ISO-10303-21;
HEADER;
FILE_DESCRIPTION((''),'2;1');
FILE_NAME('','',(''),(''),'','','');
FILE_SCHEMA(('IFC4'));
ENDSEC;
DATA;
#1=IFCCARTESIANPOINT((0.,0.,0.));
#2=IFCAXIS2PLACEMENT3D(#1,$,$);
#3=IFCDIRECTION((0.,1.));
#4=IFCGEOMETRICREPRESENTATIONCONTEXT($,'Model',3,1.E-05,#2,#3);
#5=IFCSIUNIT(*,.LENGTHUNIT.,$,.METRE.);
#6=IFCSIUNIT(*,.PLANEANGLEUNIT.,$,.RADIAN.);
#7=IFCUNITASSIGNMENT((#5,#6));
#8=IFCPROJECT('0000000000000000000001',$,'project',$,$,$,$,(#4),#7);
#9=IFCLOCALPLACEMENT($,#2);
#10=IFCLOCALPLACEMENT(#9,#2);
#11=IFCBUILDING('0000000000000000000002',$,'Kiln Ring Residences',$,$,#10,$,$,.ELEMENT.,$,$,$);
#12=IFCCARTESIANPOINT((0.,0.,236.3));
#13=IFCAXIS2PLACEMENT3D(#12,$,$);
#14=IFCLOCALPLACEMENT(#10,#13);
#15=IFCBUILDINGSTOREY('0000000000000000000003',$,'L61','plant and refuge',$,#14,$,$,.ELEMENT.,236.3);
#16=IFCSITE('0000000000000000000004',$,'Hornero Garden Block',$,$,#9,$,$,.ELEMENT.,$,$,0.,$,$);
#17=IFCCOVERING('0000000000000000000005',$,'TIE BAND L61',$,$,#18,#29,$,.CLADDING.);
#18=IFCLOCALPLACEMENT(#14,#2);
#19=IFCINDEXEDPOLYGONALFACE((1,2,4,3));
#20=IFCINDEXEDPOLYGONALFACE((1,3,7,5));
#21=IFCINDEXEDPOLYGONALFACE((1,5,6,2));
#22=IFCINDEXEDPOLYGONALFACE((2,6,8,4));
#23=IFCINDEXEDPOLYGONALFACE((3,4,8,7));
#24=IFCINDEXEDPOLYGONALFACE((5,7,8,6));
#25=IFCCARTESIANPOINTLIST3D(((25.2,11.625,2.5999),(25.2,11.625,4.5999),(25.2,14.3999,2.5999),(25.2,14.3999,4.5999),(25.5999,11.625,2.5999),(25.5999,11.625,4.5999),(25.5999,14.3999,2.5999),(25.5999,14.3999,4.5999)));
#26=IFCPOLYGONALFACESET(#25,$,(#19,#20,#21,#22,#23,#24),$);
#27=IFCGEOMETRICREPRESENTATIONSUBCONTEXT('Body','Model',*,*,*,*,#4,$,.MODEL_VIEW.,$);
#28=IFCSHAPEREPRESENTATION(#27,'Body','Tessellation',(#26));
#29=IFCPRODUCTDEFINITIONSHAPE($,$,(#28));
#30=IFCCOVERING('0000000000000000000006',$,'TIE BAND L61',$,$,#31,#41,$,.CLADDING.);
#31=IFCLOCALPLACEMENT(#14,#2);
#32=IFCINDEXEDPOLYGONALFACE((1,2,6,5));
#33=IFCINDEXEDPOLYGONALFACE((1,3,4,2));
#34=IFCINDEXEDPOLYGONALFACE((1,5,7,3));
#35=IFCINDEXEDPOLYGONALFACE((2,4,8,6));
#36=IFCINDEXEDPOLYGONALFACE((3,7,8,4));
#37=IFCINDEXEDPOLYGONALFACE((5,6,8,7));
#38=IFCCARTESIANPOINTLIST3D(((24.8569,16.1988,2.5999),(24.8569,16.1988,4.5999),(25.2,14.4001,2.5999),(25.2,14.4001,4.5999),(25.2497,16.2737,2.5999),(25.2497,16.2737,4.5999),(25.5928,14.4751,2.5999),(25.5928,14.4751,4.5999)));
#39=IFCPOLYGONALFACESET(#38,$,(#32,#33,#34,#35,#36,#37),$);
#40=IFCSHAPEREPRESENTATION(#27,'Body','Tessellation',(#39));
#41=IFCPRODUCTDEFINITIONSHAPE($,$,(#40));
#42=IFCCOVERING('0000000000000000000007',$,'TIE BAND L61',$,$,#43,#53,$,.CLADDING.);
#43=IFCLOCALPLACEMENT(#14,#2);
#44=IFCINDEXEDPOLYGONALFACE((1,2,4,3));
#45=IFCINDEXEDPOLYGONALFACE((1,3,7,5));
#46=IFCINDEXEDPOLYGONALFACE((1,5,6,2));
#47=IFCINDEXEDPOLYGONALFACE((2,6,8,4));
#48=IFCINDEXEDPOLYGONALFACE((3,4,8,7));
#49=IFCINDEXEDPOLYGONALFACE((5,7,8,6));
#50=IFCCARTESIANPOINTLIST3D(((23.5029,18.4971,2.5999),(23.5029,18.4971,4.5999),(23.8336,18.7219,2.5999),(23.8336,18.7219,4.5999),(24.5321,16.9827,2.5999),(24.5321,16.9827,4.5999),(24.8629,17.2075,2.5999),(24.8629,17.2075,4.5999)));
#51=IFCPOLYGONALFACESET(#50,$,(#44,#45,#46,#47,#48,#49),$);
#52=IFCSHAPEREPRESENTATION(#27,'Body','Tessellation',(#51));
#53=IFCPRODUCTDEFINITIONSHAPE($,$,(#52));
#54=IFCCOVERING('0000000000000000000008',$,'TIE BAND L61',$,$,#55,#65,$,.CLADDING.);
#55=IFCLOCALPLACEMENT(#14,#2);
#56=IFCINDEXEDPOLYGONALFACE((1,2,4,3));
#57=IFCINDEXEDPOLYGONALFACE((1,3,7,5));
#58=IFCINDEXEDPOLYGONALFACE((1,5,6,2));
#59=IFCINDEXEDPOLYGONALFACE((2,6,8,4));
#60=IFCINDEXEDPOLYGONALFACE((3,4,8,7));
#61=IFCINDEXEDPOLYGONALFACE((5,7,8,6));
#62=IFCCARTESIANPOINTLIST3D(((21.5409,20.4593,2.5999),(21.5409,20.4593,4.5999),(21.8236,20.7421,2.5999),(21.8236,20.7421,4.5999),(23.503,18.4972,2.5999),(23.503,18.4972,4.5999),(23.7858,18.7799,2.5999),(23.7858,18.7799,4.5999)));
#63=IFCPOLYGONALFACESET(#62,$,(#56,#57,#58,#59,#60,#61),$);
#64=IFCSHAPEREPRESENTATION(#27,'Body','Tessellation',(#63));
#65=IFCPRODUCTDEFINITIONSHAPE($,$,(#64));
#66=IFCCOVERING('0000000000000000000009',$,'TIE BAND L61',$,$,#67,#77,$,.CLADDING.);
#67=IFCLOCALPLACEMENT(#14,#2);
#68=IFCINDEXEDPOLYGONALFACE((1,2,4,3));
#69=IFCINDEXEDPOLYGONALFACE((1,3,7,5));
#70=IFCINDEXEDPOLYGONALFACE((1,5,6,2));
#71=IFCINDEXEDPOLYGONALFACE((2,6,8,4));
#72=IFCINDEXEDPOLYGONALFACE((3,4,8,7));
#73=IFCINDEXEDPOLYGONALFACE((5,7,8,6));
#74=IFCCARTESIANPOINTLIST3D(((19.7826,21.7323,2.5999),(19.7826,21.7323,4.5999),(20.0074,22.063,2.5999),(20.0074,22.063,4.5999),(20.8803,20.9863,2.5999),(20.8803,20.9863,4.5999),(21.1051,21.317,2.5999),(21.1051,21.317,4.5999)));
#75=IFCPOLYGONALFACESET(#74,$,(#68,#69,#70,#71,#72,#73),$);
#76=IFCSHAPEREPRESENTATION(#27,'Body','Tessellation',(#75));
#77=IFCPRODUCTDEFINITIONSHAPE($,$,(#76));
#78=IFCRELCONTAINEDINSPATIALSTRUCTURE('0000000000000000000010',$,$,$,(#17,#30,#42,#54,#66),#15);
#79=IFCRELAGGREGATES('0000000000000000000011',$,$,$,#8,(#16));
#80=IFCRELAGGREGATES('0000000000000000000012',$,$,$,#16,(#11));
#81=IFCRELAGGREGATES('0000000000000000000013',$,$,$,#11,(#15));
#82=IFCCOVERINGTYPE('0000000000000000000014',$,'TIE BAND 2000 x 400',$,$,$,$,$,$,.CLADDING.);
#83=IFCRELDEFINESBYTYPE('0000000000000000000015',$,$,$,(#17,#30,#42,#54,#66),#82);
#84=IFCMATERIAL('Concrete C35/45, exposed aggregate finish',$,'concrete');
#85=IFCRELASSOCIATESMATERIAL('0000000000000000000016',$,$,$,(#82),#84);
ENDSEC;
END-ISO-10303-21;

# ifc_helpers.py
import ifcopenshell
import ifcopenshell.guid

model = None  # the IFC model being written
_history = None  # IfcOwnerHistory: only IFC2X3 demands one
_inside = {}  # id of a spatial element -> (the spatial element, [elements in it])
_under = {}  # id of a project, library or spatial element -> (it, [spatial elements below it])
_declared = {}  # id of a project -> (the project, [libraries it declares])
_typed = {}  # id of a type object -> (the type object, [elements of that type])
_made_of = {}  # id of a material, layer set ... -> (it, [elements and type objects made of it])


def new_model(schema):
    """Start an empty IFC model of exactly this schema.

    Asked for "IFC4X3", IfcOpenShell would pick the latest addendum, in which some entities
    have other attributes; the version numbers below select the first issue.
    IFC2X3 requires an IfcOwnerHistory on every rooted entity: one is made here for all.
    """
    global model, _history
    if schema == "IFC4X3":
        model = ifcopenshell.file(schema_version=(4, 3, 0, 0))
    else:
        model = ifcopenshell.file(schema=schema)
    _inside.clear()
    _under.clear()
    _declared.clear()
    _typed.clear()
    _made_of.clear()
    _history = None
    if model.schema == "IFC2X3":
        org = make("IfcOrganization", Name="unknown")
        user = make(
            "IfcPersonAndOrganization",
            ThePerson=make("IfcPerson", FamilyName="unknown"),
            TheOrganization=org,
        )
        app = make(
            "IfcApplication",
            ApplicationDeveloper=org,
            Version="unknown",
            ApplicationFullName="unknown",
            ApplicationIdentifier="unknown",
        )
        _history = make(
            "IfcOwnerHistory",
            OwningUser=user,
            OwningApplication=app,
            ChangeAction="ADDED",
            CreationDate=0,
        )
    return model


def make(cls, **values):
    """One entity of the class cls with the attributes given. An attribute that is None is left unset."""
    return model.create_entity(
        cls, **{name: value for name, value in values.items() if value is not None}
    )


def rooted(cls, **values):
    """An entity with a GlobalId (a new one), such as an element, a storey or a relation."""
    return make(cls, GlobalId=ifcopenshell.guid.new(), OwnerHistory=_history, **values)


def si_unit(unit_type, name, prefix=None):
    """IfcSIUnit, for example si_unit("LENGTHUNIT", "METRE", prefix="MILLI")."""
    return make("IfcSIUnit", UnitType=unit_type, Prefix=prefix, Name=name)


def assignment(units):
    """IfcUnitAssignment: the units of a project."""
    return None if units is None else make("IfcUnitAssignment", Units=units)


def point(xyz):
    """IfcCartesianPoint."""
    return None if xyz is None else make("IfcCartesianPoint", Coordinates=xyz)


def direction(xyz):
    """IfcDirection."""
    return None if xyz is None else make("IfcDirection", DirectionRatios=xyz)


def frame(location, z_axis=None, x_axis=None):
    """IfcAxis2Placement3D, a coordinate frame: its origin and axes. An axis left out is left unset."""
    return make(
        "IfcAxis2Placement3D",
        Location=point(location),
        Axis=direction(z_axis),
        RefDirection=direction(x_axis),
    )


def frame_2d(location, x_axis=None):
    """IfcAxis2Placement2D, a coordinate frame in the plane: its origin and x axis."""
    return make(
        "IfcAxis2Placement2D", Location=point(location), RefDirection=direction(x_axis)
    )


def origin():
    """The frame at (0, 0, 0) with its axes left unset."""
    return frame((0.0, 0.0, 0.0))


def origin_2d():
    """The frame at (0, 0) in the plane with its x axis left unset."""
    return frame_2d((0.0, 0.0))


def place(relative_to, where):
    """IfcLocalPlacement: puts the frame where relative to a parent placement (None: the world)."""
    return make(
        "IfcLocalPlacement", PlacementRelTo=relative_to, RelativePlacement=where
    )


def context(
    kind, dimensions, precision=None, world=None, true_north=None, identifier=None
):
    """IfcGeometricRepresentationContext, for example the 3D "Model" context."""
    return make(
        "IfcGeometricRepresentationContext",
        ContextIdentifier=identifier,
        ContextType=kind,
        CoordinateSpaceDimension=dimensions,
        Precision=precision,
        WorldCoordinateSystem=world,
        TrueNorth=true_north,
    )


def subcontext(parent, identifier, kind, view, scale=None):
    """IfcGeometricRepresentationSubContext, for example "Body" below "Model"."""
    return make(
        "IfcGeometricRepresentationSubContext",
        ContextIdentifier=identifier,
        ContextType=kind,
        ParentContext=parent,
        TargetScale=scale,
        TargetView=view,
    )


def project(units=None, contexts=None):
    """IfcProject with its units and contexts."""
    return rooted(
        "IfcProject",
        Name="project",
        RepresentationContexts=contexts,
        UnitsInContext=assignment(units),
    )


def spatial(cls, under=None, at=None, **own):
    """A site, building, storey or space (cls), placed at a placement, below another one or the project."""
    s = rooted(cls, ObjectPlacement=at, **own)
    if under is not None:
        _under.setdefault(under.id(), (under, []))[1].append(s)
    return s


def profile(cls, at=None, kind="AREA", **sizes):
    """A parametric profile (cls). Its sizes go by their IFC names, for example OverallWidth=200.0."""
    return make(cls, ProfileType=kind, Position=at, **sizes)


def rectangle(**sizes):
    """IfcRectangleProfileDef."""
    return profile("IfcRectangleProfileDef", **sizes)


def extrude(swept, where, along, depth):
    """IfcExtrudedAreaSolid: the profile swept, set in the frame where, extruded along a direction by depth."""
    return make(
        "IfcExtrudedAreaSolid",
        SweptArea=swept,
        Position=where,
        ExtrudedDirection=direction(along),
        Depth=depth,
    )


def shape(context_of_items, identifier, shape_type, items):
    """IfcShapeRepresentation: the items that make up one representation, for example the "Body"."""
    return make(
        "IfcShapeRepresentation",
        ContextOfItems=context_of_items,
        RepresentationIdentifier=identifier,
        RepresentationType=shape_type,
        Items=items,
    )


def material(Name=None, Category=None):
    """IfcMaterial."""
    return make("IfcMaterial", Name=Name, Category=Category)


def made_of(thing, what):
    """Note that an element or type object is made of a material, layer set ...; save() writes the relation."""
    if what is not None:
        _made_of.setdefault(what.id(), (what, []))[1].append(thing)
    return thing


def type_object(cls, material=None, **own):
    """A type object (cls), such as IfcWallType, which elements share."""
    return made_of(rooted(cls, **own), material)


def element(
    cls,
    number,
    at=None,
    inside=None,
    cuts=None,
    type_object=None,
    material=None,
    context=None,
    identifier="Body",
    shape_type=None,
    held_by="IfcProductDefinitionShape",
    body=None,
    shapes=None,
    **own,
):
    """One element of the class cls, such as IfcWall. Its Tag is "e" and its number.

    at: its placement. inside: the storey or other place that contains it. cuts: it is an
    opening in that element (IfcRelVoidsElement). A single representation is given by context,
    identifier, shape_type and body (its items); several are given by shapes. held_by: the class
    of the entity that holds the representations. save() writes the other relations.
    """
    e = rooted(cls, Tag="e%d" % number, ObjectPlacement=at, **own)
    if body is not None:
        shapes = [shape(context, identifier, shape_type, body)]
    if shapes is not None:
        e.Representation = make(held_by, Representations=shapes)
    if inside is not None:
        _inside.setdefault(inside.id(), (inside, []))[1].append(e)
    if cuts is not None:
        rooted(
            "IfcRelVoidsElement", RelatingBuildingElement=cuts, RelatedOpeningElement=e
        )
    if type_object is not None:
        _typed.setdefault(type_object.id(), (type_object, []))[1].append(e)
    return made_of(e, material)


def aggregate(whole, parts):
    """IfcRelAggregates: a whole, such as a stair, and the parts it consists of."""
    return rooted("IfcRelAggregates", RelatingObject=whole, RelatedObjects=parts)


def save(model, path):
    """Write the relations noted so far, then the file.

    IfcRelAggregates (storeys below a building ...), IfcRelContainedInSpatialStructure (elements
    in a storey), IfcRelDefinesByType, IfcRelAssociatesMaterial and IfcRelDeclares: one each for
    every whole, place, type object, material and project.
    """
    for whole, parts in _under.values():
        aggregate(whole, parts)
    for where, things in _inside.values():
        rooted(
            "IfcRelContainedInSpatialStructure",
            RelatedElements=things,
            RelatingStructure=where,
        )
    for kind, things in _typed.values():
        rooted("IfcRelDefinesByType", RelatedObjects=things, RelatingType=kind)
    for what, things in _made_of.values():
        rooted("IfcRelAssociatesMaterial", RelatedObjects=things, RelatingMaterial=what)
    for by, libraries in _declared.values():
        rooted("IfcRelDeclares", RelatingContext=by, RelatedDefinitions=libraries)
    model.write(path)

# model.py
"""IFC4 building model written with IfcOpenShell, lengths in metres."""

from ifc_helpers import new_model, si_unit, direction, frame, origin, origin_2d, place, context, subcontext, project, spatial, rectangle, extrude, material, type_object, element, save


model = new_model("IFC4")

# Units and contexts
model_context = context("Model", 3, precision=1e-05, world=origin(), true_north=direction((0.0, 1.0)))
body_context = subcontext(model_context, "Body", "Model", "MODEL_VIEW")
ifc_project = project(units=[si_unit("LENGTHUNIT", "METRE"), si_unit("PLANEANGLEUNIT", "RADIAN")], contexts=[model_context])

# Site, building, storey
site_placement = place(None, origin())
site = spatial("IfcSite", under=ifc_project, at=site_placement, Name="Hornero Garden Block", CompositionType="ELEMENT", RefElevation=0.0)
building_placement = place(site_placement, origin())
building = spatial("IfcBuilding", under=site, at=building_placement, Name="Kiln Ring Residences", CompositionType="ELEMENT")
storey_placement = place(building_placement, frame((0.0, 0.0, 236.3)))
storey = spatial("IfcBuildingStorey", under=building, at=storey_placement, Name="L61", Description="plant and refuge", CompositionType="ELEMENT", Elevation=236.3)

# Coverings
ifc_material_1 = material(Name="Concrete C35/45, exposed aggregate finish", Category="concrete")
covering_type = type_object("IfcCoveringType", Name="TIE BAND 2000 x 400", PredefinedType="CLADDING", material=ifc_material_1)
covering_1_placement = place(storey_placement, frame((25.3999, 13.0125, 2.5999), z_axis=(0.0, 0.0, 1.0), x_axis=(0.0, 1.0, 0.0)))
element("IfcCovering", 1, at=covering_1_placement, inside=storey, type_object=covering_type, Name="TIE BAND L61", PredefinedType="CLADDING", context=body_context, shape_type="SweptSolid", body=[
    extrude(rectangle(XDim=2.7749, YDim=0.3999, at=origin_2d()), origin(), (0.0, 0.0, 1.0), 2.0),
])
for number, where, z_axis, x_axis, name in (
    (2, (25.2249, 15.3369, 2.5999), (0.0, 0.0, 1.0), (-0.187366, 0.98229, 0.0), "TIE BAND L61"),
    (3, (24.1829, 17.8523, 2.5999), (0.0, 0.0, 1.0), (-0.562097, 0.827072, 0.0), "TIE BAND L61"),
):
    element("IfcCovering", number, at=place(storey_placement, frame(where, z_axis=z_axis, x_axis=x_axis)), inside=storey, type_object=covering_type, Name=name, PredefinedType="CLADDING", context=body_context, shape_type="SweptSolid", body=[
        extrude(rectangle(XDim=1.8311, YDim=0.3999, at=origin_2d()), origin(), (0.0, 0.0, 1.0), 2.0),
    ])
covering_2_placement = place(storey_placement, frame((22.6633, 19.6196, 2.5999), z_axis=(0.0, 0.0, 1.0), x_axis=(-0.707107, 0.707107, 0.0)))
element("IfcCovering", 4, at=covering_2_placement, inside=storey, type_object=covering_type, Name="TIE BAND L61", PredefinedType="CLADDING", context=body_context, shape_type="SweptSolid", body=[
    extrude(rectangle(XDim=2.7749, YDim=0.3999, at=origin_2d()), origin(), (0.0, 0.0, 1.0), 2.0),
])
covering_3_placement = place(storey_placement, frame((20.4438, 21.5247, 2.5999), z_axis=(0.0, 0.0, 1.0), x_axis=(-0.827072, 0.562097, 0.0)))
element("IfcCovering", 5, at=covering_3_placement, inside=storey, type_object=covering_type, Name="TIE BAND L61", PredefinedType="CLADDING", context=body_context, shape_type="SweptSolid", body=[
    extrude(rectangle(XDim=1.3271, YDim=0.3999, at=origin_2d()), origin(), (0.0, 0.0, 1.0), 2.0),
])

save(model, "model.ifc")
